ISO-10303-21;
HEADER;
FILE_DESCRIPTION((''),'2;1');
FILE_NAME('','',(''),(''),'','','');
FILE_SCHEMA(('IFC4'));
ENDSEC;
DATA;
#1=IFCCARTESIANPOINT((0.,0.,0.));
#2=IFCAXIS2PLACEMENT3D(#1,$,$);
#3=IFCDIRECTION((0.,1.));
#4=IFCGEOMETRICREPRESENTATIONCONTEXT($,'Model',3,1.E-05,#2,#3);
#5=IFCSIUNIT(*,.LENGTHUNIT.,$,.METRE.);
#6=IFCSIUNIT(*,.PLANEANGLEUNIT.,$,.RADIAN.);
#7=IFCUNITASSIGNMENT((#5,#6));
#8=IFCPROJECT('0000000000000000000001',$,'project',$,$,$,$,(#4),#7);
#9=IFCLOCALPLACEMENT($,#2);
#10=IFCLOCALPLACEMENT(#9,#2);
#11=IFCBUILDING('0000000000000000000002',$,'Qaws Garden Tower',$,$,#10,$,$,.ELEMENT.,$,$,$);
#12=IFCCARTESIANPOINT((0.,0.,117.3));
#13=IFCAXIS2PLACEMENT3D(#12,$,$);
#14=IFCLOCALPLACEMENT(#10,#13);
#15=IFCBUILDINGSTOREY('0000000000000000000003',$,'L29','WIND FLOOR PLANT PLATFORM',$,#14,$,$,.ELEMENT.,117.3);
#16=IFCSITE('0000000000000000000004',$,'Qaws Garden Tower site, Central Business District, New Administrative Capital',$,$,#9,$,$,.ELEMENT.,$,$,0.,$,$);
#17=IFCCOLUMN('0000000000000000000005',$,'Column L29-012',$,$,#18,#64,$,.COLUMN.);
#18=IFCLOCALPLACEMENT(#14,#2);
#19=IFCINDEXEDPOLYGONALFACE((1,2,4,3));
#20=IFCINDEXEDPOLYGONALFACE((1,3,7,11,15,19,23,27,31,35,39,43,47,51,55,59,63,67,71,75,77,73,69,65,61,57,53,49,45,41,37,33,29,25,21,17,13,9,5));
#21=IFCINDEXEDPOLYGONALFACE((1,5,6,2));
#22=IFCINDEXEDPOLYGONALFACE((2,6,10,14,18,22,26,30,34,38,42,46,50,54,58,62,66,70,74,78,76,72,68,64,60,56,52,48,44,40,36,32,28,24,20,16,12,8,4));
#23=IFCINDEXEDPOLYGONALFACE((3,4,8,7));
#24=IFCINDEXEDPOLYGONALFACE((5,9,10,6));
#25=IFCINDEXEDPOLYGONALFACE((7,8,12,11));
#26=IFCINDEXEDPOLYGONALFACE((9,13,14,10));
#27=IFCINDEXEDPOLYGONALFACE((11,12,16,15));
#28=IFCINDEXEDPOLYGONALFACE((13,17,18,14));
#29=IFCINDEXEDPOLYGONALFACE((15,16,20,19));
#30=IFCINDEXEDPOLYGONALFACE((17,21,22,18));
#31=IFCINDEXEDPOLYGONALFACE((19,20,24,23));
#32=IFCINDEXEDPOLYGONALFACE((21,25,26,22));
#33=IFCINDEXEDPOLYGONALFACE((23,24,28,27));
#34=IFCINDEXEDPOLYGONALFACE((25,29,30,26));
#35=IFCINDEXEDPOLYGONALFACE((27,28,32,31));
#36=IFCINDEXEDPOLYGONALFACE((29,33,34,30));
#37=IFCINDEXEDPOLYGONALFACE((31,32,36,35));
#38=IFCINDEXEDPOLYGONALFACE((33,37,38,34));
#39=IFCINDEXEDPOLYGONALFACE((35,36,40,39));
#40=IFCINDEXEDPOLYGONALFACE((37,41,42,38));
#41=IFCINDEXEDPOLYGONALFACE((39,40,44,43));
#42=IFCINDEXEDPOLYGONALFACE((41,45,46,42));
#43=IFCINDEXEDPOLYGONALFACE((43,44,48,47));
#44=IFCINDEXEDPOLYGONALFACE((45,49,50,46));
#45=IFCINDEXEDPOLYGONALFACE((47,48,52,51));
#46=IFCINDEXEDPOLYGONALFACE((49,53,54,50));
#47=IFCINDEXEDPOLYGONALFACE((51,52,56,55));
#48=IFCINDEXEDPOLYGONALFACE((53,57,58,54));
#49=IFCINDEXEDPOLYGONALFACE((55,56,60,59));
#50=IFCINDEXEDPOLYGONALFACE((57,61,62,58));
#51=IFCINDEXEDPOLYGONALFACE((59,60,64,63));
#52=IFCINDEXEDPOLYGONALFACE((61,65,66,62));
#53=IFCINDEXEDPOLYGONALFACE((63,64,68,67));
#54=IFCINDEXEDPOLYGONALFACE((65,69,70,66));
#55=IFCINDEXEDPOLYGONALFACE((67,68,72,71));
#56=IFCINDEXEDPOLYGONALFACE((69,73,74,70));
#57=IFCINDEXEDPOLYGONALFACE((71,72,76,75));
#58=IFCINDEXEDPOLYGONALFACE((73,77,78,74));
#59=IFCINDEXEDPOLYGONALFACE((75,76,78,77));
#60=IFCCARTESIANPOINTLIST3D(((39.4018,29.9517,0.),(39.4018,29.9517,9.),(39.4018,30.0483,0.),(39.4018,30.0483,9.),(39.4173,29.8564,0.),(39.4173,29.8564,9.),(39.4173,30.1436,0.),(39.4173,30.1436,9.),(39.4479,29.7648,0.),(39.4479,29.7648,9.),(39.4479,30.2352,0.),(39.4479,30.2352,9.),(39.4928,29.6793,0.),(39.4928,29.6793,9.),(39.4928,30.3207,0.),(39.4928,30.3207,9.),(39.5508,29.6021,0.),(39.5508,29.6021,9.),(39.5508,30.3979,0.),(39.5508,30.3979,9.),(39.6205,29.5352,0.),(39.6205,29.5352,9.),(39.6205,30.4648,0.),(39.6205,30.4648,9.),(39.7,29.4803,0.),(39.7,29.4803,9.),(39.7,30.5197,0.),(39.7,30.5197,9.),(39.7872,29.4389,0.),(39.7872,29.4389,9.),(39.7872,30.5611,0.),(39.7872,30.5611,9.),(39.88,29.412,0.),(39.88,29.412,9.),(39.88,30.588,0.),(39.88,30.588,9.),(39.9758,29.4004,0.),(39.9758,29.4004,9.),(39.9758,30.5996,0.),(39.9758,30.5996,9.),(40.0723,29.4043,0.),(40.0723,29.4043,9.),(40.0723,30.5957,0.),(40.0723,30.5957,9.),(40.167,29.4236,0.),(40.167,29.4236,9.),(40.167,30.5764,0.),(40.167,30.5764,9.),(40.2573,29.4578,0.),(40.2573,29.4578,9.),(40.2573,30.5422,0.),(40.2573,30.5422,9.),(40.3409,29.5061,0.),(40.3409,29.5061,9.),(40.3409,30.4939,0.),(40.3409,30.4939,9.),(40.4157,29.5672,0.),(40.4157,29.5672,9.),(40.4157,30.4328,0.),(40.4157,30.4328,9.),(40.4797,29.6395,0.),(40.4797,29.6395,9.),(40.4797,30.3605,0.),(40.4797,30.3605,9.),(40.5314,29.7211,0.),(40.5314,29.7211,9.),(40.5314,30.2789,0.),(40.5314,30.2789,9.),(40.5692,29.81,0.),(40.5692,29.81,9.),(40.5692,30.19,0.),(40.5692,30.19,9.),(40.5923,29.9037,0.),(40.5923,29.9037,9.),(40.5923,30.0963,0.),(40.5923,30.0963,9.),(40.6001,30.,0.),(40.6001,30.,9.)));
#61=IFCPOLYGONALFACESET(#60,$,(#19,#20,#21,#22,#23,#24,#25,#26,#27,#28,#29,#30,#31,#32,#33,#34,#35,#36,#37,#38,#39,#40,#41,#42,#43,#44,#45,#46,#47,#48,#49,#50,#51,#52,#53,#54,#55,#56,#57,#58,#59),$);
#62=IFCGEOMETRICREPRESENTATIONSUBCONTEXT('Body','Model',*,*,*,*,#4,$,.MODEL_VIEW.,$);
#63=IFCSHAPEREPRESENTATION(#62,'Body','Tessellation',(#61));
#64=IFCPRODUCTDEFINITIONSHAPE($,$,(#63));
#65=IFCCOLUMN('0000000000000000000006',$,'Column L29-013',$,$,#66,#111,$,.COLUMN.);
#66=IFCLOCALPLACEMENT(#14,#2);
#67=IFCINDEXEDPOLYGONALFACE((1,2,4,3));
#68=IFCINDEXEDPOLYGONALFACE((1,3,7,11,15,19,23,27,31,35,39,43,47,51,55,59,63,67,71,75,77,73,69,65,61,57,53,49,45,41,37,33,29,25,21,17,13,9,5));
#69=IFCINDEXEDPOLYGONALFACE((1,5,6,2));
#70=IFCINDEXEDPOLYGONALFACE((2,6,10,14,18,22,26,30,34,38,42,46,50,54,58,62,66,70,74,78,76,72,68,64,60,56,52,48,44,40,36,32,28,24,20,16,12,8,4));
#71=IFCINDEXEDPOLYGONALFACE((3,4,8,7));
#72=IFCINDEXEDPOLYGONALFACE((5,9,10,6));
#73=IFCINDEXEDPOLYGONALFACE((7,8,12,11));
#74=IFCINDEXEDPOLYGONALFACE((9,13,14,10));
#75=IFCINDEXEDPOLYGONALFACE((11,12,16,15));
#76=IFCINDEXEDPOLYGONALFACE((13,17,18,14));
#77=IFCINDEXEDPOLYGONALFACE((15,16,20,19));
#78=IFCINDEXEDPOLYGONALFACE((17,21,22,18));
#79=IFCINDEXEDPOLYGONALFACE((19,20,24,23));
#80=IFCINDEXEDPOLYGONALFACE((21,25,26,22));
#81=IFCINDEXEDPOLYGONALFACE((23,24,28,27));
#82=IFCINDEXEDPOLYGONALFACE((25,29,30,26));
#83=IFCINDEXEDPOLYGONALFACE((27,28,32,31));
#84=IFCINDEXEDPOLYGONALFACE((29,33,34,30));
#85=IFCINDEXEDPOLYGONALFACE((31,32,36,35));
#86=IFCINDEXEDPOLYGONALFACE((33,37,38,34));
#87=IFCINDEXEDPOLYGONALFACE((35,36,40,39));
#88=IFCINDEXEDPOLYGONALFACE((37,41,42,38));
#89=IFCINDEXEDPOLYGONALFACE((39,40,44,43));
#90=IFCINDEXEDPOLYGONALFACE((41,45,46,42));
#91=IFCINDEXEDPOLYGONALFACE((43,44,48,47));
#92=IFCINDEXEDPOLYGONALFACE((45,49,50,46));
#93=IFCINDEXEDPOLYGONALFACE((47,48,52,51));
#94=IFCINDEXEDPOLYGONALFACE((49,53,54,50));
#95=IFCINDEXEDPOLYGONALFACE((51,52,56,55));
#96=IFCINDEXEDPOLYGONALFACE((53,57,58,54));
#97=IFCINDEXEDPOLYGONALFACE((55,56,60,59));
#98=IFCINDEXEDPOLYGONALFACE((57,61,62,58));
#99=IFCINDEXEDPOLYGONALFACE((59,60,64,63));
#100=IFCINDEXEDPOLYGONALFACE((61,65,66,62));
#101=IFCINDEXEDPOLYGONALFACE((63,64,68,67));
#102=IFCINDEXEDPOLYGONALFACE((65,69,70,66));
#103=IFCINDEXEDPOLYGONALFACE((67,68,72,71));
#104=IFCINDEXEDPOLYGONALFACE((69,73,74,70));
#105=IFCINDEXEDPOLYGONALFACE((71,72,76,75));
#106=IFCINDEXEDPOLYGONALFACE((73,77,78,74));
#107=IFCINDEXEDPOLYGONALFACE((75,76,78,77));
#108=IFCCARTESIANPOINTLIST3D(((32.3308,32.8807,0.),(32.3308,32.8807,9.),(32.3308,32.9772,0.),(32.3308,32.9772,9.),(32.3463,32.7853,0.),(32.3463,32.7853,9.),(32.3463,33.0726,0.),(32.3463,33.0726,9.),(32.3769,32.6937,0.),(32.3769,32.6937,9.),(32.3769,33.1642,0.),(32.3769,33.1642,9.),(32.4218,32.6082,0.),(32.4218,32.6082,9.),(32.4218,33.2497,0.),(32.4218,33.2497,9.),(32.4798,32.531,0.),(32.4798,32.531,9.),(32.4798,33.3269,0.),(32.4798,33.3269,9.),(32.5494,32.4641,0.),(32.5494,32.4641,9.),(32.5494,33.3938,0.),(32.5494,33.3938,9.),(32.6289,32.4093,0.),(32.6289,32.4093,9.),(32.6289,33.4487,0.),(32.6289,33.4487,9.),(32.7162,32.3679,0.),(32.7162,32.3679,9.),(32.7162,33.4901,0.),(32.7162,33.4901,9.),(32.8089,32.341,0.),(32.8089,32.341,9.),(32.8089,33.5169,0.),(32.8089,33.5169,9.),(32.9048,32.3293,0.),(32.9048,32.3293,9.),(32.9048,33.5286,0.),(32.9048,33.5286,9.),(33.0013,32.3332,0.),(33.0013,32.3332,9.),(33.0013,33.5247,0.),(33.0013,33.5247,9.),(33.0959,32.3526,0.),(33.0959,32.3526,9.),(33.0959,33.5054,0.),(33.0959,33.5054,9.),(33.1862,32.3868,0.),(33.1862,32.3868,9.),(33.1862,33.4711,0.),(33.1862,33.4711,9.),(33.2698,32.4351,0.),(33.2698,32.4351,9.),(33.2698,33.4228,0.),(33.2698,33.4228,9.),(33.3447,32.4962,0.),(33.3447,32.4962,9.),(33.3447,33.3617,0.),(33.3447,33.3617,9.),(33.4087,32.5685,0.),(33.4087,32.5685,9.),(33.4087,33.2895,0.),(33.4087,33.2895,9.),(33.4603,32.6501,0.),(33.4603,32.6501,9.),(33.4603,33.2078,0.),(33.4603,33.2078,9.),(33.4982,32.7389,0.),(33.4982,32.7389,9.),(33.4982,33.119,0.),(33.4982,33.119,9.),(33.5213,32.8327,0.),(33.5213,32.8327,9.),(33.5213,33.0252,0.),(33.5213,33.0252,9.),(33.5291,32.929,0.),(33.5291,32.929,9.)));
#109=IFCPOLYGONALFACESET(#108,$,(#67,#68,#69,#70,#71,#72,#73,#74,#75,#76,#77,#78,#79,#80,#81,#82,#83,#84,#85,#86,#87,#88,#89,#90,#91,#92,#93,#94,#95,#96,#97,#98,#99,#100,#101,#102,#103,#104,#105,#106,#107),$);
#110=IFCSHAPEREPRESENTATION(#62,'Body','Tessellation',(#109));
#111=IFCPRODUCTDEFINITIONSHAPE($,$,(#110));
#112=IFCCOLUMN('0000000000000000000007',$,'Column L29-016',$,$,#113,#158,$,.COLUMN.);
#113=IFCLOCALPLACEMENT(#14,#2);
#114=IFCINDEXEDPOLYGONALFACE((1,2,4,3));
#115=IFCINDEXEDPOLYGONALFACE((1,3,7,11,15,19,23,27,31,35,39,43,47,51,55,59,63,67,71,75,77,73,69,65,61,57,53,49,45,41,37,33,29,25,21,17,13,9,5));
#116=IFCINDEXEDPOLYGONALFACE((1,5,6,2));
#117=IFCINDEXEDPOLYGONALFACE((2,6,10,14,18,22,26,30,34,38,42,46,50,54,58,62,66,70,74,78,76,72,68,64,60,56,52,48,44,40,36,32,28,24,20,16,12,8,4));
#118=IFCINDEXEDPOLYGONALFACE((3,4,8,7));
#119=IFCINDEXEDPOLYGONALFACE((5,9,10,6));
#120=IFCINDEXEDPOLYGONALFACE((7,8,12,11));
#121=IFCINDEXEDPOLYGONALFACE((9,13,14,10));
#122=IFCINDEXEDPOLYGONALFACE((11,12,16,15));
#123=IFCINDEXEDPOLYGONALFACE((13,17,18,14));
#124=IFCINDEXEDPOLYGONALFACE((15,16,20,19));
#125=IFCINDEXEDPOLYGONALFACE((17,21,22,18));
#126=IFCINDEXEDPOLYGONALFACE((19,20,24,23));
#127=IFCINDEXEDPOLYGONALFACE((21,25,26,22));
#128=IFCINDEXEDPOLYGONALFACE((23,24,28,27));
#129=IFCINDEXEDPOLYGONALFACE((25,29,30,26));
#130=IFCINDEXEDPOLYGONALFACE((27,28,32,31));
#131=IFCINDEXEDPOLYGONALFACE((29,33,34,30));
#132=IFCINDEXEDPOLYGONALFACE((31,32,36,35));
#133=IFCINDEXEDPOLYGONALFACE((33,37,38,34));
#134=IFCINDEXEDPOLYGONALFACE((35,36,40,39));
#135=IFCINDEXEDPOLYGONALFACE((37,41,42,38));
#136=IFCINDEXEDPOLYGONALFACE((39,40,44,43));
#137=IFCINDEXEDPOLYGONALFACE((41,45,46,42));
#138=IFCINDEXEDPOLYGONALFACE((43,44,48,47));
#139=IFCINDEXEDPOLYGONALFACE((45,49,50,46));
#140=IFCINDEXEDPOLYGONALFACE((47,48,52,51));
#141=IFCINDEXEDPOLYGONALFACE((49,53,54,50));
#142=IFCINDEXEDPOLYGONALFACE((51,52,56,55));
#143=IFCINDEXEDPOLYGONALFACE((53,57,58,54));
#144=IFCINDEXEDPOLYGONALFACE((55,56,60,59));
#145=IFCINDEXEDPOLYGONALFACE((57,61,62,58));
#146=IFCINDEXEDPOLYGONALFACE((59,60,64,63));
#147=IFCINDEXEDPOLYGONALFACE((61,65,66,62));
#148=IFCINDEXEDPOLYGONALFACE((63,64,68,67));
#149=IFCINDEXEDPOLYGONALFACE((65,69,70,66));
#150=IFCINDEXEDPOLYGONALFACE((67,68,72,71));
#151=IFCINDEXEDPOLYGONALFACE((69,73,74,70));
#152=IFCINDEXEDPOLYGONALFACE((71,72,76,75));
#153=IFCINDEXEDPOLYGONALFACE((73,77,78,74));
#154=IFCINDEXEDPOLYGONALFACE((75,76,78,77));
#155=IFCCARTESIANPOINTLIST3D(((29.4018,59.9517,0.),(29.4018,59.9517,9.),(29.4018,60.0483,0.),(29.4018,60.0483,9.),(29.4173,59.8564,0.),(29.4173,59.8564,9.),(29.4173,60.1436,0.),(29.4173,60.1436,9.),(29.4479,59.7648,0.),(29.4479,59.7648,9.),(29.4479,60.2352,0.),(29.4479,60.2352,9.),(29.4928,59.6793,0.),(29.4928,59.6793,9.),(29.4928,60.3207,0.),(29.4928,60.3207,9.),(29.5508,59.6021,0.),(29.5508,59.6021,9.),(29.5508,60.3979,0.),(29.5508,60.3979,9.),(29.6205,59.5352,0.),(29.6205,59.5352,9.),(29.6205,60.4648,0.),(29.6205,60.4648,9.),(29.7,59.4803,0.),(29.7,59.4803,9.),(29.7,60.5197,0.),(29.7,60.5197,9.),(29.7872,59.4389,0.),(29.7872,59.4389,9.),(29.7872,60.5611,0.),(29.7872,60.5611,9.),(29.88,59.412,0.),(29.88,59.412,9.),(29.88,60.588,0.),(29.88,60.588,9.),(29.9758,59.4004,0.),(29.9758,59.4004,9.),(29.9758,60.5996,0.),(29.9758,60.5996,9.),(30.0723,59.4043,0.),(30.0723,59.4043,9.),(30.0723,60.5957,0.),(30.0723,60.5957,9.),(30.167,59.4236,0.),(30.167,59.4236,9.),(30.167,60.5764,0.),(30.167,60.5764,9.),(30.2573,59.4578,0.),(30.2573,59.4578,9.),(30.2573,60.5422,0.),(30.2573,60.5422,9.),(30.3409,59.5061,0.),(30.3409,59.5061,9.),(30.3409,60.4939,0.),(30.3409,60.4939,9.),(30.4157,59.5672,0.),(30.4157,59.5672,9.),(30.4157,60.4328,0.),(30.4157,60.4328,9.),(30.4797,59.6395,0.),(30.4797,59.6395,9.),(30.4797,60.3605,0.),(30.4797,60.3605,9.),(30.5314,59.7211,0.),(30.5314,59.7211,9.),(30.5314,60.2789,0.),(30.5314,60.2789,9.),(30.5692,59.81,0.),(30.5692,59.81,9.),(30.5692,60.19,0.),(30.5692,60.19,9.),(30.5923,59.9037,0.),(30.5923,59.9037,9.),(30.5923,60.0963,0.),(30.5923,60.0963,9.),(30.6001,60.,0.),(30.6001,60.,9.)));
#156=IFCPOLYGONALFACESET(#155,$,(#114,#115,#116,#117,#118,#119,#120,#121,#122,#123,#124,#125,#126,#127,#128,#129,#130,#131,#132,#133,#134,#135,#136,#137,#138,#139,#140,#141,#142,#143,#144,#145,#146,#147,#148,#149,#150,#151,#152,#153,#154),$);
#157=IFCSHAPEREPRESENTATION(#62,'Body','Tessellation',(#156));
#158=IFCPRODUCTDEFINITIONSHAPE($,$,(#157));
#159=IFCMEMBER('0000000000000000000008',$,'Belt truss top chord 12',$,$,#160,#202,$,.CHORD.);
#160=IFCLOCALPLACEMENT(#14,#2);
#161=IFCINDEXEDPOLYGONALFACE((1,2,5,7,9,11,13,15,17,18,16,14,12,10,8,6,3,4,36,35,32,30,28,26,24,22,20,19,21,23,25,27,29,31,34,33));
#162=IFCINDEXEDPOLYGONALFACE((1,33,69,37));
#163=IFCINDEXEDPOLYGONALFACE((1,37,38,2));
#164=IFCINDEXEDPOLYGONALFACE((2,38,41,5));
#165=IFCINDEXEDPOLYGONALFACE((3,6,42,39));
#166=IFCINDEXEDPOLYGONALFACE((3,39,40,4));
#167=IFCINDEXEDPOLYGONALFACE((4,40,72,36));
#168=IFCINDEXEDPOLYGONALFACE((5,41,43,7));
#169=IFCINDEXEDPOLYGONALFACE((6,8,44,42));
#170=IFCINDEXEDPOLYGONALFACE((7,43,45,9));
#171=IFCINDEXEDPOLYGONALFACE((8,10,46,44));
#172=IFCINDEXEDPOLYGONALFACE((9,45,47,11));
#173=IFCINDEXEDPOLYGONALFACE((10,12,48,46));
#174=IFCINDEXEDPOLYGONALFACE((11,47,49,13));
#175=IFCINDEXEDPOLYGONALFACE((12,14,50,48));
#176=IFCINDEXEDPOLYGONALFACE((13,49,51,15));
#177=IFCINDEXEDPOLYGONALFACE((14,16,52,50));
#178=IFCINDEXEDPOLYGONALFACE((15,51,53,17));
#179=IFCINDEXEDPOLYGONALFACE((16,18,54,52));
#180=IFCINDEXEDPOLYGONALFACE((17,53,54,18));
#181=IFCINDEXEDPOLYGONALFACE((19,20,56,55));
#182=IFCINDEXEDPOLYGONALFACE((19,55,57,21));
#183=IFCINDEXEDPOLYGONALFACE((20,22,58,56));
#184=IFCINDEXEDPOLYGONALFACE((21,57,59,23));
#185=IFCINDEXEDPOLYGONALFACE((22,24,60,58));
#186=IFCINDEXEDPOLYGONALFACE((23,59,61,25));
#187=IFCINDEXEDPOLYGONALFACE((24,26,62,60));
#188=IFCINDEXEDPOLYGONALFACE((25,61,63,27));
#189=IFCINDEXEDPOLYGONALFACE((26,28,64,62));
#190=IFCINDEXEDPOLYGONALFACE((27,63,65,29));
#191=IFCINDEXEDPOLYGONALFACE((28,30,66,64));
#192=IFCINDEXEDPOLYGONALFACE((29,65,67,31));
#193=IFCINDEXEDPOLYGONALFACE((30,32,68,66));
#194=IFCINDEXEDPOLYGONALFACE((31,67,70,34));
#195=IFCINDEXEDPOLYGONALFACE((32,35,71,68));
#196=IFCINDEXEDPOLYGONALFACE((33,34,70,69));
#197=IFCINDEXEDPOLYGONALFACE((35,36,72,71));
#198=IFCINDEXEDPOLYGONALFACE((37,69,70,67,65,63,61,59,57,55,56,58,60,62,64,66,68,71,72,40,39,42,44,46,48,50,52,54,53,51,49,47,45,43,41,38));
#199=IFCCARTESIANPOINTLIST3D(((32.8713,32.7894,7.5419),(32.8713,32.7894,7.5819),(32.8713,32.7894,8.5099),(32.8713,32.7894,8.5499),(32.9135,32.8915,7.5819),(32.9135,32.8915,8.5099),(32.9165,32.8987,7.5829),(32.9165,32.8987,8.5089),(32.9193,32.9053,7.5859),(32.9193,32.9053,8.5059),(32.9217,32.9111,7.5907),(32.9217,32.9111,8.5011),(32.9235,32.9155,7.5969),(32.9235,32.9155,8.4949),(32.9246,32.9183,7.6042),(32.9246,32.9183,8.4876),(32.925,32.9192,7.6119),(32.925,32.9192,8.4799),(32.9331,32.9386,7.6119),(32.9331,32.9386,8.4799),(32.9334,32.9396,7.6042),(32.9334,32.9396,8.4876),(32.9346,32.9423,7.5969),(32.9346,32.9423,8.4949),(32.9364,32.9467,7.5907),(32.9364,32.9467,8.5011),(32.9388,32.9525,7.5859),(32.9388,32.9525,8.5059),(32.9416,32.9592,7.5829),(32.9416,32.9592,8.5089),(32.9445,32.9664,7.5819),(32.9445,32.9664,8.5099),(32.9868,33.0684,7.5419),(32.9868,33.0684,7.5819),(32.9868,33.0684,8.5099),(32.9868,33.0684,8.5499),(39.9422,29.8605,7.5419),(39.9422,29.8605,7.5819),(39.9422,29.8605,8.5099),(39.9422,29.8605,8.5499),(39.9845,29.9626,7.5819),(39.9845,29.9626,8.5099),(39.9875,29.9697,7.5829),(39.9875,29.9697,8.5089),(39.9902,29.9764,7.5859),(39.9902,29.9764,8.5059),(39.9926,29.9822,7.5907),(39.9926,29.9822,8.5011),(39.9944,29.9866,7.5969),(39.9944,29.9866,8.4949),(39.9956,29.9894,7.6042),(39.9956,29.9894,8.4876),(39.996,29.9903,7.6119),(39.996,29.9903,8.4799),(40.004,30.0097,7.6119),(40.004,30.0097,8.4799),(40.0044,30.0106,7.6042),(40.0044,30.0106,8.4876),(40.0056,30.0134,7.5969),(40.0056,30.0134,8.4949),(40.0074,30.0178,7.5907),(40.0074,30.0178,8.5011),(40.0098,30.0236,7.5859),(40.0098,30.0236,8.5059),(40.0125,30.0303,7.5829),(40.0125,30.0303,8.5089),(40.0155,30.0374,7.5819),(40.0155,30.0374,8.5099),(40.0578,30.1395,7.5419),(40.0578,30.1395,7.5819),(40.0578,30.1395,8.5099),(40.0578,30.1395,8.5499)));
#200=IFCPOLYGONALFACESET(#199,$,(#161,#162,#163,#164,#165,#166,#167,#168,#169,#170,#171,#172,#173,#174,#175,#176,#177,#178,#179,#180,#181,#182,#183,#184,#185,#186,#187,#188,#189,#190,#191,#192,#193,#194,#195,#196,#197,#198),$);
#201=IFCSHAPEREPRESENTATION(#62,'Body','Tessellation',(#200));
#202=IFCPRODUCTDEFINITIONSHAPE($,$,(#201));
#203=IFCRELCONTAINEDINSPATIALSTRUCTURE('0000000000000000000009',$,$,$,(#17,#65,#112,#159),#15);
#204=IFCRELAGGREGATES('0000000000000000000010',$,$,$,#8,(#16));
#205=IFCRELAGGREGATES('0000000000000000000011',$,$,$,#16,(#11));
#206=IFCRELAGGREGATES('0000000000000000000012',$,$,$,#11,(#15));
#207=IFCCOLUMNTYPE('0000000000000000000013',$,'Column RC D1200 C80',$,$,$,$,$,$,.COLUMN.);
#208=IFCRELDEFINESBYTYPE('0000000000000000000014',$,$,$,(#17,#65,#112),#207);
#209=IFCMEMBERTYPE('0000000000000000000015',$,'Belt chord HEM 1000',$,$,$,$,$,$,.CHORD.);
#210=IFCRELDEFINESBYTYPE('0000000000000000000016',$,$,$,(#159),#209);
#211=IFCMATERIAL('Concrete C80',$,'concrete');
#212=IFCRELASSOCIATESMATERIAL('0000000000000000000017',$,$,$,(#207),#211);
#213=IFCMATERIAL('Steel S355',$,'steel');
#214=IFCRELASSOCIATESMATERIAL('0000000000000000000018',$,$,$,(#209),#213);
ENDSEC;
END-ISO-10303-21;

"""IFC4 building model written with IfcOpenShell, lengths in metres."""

from ifc_helpers import new_model, si_unit, direction, frame, origin, origin_2d, place, context, subcontext, project, spatial, circle, i_section, extrude, material, material_profile, profile_set, type_object, element, save


model = new_model("IFC4")

# Units and contexts
model_context = context("Model", 3, precision=1e-05, world=origin(), true_north=direction((0.0, 1.0)))
body_context = subcontext(model_context, "Body", "Model", "MODEL_VIEW")
ifc_project = project(units=[si_unit("LENGTHUNIT", "METRE"), si_unit("PLANEANGLEUNIT", "RADIAN")], contexts=[model_context])

# Site, building, storey
site_placement = place(None, origin())
site = spatial("IfcSite", under=ifc_project, at=site_placement, Name="Qaws Garden Tower site, Central Business District, New Administrative Capital", CompositionType="ELEMENT", RefElevation=0.0)
building_placement = place(site_placement, origin())
building = spatial("IfcBuilding", under=site, at=building_placement, Name="Qaws Garden Tower", CompositionType="ELEMENT")
storey_placement = place(building_placement, frame((0.0, 0.0, 117.3)))
storey = spatial("IfcBuildingStorey", under=building, at=storey_placement, Name="L29", Description="WIND FLOOR PLANT PLATFORM", CompositionType="ELEMENT", Elevation=117.3)

# Columns
ifc_material_1 = material(Name="Concrete C80", Category="concrete")
ifc_material_profile_1 = material_profile(ifc_material_1, circle(Radius=0.6001, at=origin_2d()), Name="RC D1200")
ifc_profile_set_1 = profile_set([ifc_material_profile_1], Name="Concrete C80")
column_type = type_object("IfcColumnType", Name="Column RC D1200 C80", PredefinedType="COLUMN", material=ifc_profile_set_1)
for number, where, z_axis, x_axis, name in (
    (1, (40.0, 30.0, 0.0), (0.0, 0.0, 1.0), (1.0, 0.0, 0.0), "Column L29-012"),
    (2, (32.929, 32.929, 0.0), (0.0, 0.0, 1.0), (1.0, 0.0, 0.0), "Column L29-013"),
    (3, (30.0, 60.0, 0.0), (0.0, 0.0, 1.0), (1.0, 0.0, 0.0), "Column L29-016"),
):
    element("IfcColumn", number, at=place(storey_placement, frame(where, z_axis=z_axis, x_axis=x_axis)), inside=storey, type_object=column_type, Name=name, PredefinedType="COLUMN", context=body_context, shape_type="SweptSolid", body=[
        extrude(circle(Radius=0.6001, at=origin_2d()), origin(), (0.0, 0.0, 1.0), 9.0),
    ])

# Member
ifc_material_2 = material(Name="Steel S355", Category="steel")
ifc_material_profile_2 = material_profile(ifc_material_2, i_section(OverallWidth=0.302, OverallDepth=1.0081, WebThickness=0.021, FlangeThickness=0.04, FilletRadius=0.03, at=origin_2d()), Name="HEM 1000")
ifc_profile_set_2 = profile_set([ifc_material_profile_2], Name="Steel S355")
member_type_1 = type_object("IfcMemberType", Name="Belt chord HEM 1000", PredefinedType="CHORD", material=ifc_profile_set_2)
for number, where, z_axis, x_axis, name in (
    (4, (40.0, 30.0, 8.0459), (-0.923878, 0.382687, 0.0), (-0.382687, -0.923878, 0.0), "Belt truss top chord 12"),
):
    element("IfcMember", number, at=place(storey_placement, frame(where, z_axis=z_axis, x_axis=x_axis)), inside=storey, type_object=member_type_1, Name=name, PredefinedType="CHORD", context=body_context, shape_type="SweptSolid", body=[
        extrude(i_section(OverallWidth=0.302, OverallDepth=1.0081, WebThickness=0.021, FlangeThickness=0.04, FilletRadius=0.03, at=origin_2d()), origin(), (0.0, 0.0, 1.0), 7.6536),
    ])

save(model, "model.ifc")
